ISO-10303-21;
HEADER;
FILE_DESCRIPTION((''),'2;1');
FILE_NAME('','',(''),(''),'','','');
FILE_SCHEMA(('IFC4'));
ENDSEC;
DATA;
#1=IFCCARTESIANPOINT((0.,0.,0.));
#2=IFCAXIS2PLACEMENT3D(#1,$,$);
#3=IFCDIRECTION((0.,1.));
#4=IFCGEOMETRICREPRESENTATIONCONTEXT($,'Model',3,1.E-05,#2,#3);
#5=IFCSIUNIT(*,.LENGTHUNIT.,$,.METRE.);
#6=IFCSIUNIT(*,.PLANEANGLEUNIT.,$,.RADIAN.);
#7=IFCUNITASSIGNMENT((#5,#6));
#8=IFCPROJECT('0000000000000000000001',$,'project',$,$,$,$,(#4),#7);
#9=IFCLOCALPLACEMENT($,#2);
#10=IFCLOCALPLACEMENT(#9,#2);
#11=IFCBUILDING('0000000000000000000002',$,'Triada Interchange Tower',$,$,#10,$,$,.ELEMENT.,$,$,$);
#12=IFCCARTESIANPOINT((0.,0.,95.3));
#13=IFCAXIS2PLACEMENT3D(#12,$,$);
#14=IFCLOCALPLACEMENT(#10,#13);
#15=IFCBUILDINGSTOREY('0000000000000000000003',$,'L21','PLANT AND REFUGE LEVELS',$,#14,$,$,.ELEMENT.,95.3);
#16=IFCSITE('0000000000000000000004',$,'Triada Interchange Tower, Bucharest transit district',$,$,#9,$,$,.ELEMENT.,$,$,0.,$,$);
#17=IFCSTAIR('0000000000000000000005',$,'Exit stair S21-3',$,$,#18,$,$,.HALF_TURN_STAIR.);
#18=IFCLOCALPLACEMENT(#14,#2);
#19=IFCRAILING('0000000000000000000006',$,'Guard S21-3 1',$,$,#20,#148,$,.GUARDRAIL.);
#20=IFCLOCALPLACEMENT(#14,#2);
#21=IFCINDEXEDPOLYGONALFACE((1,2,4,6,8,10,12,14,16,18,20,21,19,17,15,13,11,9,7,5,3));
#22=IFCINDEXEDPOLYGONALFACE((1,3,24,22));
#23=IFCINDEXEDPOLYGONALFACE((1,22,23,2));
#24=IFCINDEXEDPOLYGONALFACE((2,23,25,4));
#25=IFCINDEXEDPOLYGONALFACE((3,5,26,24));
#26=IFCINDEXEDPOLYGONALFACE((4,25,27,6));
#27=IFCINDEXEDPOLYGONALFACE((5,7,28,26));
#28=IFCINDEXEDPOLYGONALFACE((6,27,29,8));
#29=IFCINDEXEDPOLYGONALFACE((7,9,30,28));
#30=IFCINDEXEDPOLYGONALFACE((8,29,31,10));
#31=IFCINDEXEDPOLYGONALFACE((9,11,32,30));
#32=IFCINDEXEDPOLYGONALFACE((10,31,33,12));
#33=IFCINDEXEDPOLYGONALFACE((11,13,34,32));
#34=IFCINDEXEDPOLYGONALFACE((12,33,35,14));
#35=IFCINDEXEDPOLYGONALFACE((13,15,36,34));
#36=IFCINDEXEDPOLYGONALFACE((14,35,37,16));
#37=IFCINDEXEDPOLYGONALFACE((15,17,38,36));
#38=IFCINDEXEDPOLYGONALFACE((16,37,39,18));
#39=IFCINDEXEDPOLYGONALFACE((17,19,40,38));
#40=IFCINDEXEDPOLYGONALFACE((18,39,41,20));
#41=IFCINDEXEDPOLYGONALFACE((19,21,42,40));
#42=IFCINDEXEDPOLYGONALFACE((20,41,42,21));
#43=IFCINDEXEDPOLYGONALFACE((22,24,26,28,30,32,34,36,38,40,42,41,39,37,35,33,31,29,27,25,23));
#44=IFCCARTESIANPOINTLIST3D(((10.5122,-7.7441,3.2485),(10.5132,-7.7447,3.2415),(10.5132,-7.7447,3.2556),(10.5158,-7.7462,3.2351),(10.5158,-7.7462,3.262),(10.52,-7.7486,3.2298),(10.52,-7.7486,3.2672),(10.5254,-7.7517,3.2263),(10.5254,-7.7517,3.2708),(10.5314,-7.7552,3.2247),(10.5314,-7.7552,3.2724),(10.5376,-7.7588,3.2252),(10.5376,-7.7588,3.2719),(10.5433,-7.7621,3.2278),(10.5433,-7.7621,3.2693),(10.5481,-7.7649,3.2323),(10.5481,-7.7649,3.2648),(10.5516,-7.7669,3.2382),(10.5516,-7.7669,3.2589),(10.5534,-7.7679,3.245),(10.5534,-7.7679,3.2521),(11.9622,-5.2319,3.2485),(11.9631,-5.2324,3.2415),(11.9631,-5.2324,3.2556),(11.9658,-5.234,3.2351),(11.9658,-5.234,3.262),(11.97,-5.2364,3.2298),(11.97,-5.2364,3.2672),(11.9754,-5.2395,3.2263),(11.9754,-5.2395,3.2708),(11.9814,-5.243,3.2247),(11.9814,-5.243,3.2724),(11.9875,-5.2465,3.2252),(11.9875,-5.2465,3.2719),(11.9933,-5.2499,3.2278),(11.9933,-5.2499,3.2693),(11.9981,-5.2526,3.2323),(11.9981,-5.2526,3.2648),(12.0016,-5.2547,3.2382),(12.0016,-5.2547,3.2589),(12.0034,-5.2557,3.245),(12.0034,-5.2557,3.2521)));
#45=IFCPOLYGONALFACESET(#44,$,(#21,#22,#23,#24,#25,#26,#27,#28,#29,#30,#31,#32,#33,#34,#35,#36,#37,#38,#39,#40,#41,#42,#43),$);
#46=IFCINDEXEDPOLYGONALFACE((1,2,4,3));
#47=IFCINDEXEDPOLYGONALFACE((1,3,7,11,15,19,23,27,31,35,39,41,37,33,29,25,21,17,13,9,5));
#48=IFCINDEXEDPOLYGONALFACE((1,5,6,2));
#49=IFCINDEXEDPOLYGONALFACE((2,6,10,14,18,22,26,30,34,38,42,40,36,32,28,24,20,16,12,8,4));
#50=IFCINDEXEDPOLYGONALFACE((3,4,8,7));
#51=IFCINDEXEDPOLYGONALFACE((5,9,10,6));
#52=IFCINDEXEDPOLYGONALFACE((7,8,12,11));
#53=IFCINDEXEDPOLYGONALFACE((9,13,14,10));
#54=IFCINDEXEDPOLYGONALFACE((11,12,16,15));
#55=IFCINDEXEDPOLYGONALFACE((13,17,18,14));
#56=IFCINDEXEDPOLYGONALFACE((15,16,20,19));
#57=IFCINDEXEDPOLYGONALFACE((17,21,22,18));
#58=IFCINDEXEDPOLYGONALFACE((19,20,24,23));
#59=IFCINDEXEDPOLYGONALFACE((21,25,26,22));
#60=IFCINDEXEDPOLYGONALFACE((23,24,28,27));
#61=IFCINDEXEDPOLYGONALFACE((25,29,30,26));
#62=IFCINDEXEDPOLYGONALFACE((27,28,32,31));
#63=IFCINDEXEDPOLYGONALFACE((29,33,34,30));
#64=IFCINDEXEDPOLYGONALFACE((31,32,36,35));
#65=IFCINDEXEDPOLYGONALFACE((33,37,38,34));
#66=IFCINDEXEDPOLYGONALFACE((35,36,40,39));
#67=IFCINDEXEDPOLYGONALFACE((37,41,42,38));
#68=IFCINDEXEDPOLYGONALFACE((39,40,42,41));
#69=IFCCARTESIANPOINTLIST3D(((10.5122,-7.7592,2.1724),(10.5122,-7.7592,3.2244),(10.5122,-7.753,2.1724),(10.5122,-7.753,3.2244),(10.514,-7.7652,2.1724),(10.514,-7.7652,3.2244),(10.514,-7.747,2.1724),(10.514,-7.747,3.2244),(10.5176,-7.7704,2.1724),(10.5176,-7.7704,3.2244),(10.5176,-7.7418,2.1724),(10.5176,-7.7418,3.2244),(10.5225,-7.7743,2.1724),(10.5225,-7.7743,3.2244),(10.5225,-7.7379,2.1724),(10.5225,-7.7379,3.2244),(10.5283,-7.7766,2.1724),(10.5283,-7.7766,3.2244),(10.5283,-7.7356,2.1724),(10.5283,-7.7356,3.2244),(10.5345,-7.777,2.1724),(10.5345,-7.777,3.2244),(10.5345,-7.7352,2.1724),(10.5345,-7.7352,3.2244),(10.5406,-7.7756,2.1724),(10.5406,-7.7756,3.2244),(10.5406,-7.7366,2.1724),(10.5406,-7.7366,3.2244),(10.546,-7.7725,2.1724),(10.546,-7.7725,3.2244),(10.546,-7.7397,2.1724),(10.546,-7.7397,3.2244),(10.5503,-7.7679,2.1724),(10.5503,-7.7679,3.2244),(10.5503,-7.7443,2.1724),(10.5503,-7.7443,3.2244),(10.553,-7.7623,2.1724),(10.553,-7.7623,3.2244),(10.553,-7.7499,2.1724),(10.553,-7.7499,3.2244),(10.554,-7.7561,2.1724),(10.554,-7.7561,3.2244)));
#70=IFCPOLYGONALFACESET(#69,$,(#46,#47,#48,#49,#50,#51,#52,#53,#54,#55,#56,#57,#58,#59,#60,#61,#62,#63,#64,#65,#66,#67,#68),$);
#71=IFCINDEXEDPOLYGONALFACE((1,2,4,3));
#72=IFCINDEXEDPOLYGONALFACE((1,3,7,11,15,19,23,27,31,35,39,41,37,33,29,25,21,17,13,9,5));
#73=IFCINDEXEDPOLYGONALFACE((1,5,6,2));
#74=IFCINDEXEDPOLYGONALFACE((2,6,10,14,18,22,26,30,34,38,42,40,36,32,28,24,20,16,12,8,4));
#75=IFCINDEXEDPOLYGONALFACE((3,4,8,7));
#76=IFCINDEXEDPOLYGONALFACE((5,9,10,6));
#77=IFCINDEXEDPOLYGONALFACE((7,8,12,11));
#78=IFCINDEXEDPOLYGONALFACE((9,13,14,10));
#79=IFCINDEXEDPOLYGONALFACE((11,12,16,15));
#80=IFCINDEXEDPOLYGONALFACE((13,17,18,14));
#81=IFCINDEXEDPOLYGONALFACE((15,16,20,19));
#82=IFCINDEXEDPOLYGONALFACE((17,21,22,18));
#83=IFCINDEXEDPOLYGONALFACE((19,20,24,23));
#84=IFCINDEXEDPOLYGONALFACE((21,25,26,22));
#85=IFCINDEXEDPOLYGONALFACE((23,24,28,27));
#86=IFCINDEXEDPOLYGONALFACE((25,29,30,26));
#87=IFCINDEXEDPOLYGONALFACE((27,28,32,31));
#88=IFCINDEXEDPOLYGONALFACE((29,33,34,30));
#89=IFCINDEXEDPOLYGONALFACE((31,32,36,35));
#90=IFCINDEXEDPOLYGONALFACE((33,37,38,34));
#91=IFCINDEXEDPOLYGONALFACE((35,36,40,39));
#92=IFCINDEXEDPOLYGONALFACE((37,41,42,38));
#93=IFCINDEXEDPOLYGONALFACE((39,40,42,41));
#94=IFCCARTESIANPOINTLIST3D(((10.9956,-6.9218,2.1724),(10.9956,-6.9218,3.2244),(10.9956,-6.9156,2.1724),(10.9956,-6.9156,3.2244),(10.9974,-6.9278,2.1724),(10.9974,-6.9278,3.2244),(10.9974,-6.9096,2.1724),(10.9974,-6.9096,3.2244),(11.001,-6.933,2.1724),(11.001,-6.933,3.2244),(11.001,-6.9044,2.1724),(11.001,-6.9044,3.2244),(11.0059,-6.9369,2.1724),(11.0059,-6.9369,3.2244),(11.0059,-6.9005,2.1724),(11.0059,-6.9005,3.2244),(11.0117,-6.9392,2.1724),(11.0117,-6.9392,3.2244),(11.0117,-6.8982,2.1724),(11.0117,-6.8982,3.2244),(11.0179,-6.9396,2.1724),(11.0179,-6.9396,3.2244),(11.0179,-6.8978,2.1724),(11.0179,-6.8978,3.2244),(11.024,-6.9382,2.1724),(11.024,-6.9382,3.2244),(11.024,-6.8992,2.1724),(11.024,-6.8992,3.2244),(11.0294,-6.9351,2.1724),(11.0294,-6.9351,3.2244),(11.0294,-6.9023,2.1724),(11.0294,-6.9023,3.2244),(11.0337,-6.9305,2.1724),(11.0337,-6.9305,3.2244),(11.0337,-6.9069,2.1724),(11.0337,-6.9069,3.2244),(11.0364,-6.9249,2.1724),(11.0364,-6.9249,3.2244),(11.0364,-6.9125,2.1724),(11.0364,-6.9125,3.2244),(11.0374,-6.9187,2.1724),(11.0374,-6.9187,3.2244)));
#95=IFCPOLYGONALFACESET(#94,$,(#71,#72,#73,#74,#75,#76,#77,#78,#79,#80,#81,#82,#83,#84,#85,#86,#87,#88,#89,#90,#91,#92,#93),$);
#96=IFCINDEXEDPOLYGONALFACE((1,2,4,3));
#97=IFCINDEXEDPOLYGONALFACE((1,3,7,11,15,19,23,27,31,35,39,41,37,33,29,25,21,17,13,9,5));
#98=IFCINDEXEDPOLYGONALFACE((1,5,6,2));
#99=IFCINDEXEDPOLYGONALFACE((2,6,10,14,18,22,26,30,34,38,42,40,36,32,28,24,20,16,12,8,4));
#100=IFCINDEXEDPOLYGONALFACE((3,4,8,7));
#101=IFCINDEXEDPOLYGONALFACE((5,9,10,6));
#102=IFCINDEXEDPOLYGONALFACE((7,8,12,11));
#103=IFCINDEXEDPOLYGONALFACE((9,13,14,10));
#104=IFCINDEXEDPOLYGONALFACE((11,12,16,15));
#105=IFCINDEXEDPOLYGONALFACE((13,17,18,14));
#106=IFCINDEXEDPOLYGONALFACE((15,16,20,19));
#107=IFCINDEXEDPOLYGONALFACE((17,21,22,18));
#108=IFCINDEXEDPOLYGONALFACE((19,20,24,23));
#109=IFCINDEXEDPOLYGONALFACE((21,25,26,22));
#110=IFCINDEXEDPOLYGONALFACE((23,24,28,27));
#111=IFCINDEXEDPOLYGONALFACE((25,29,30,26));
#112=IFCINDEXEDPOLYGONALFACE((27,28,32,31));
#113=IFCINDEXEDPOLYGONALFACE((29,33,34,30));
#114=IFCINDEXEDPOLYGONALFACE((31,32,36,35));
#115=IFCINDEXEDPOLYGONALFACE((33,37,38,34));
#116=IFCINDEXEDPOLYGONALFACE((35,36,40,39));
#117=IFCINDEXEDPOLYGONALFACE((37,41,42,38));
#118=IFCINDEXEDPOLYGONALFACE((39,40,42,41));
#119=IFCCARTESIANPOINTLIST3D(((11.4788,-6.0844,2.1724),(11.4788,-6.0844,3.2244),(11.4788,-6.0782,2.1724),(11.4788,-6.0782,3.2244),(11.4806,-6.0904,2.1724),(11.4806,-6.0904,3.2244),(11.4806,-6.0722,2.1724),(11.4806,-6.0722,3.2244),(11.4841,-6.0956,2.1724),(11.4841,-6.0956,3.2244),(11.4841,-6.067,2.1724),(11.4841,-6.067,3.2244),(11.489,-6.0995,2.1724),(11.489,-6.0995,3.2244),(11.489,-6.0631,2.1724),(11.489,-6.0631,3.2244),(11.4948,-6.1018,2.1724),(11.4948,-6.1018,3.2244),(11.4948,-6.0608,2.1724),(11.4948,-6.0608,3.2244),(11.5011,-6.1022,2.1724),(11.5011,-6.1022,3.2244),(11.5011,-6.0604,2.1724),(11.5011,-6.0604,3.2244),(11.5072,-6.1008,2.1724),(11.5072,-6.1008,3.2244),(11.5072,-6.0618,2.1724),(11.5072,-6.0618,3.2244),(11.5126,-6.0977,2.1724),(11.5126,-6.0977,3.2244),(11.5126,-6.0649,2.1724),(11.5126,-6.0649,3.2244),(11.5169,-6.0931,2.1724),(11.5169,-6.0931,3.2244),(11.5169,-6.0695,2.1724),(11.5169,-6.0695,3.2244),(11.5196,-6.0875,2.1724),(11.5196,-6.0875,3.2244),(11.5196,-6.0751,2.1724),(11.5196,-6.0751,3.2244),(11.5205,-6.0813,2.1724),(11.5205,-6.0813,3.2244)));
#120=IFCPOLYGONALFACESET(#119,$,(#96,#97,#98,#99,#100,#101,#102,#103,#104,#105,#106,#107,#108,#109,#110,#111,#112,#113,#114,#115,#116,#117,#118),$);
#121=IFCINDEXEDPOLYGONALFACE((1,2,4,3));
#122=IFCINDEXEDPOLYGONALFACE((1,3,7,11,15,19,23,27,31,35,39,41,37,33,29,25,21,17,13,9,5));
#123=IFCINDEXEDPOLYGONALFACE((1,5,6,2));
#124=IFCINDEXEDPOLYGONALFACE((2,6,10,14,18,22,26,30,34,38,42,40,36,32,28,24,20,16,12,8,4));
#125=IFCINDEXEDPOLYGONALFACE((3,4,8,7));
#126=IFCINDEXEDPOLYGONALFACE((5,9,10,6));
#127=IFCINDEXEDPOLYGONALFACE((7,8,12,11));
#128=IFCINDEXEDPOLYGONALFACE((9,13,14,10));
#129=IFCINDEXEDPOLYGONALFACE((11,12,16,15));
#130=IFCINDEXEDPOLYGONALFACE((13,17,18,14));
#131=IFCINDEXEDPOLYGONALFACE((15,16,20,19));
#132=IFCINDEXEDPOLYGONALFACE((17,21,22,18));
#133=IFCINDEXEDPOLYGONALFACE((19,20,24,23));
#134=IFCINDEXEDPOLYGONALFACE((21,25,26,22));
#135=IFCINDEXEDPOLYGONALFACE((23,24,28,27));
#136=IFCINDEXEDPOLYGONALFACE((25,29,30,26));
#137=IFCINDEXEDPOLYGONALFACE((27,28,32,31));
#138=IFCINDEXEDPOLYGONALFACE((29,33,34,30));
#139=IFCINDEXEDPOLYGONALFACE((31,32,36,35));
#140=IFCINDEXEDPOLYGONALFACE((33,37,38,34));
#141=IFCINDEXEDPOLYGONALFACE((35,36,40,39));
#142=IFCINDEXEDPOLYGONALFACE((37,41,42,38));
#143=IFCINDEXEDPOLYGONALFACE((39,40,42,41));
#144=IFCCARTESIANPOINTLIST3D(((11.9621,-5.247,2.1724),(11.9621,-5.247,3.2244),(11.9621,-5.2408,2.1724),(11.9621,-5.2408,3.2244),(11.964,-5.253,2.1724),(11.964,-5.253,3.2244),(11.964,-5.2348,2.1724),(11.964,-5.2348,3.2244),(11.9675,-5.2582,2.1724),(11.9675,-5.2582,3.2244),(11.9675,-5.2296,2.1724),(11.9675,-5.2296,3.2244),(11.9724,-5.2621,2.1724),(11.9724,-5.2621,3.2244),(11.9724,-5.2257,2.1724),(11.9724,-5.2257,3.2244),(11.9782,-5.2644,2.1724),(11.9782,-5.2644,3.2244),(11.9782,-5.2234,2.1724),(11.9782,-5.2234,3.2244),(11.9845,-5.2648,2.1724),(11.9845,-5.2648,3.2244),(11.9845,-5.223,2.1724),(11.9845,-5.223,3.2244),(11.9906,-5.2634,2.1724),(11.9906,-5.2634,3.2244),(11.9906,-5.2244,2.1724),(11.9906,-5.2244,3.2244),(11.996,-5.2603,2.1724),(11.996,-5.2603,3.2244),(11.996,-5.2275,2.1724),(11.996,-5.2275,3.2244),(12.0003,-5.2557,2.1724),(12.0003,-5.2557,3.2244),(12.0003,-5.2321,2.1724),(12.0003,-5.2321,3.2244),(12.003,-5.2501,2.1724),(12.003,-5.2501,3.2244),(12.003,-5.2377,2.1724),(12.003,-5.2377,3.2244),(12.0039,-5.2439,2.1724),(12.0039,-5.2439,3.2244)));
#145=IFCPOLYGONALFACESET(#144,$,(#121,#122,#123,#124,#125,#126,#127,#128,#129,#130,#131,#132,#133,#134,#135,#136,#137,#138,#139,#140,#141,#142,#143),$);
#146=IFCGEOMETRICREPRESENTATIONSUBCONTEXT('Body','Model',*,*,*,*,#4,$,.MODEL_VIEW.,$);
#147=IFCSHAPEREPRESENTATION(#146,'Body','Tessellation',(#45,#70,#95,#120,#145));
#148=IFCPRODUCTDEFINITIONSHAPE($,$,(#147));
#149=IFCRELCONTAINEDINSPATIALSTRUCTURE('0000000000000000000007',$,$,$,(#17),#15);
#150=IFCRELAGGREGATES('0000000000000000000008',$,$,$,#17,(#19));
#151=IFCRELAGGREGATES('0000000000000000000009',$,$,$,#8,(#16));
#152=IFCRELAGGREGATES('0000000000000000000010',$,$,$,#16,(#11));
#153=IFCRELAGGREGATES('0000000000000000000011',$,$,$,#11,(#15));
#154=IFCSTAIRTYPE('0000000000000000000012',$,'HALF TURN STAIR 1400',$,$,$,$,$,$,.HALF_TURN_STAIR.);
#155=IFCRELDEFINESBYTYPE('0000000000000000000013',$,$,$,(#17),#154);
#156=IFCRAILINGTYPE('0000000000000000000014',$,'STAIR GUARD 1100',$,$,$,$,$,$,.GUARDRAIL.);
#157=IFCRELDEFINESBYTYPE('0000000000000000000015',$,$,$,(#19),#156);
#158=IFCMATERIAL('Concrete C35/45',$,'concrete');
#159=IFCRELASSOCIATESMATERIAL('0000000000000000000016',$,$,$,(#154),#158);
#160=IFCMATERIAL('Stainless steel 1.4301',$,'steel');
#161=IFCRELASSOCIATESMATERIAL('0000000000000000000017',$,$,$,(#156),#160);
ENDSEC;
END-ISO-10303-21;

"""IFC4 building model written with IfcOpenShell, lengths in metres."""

from ifc_helpers import new_model, si_unit, direction, frame, origin, origin_2d, place, context, subcontext, project, spatial, circle, extrude, material, type_object, element, aggregate, save


model = new_model("IFC4")

# Units and contexts
model_context = context("Model", 3, precision=1e-05, world=origin(), true_north=direction((0.0, 1.0)))
body_context = subcontext(model_context, "Body", "Model", "MODEL_VIEW")
ifc_project = project(units=[si_unit("LENGTHUNIT", "METRE"), si_unit("PLANEANGLEUNIT", "RADIAN")], contexts=[model_context])

# Site, building, storey
site_placement = place(None, origin())
site = spatial("IfcSite", under=ifc_project, at=site_placement, Name="Triada Interchange Tower, Bucharest transit district", CompositionType="ELEMENT", RefElevation=0.0)
building_placement = place(site_placement, origin())
building = spatial("IfcBuilding", under=site, at=building_placement, Name="Triada Interchange Tower", CompositionType="ELEMENT")
storey_placement = place(building_placement, frame((0.0, 0.0, 95.3)))
storey = spatial("IfcBuildingStorey", under=building, at=storey_placement, Name="L21", Description="PLANT AND REFUGE LEVELS", CompositionType="ELEMENT", Elevation=95.3)

# Shared definitions
ifc_material_1 = material(Name="Concrete C35/45", Category="concrete")

# Stair, railing
stair_type = type_object("IfcStairType", Name="HALF TURN STAIR 1400", PredefinedType="HALF_TURN_STAIR", material=ifc_material_1)
stair_placement = place(storey_placement, origin())
stair = element("IfcStair", 1, at=stair_placement, inside=storey, type_object=stair_type, Name="Exit stair S21-3", PredefinedType="HALF_TURN_STAIR")
ifc_material_2 = material(Name="Stainless steel 1.4301", Category="steel")
railing_type_1 = type_object("IfcRailingType", Name="STAIR GUARD 1100", PredefinedType="GUARDRAIL", material=ifc_material_2)
railing_1_placement = place(storey_placement, frame((10.533, -7.7561, 2.1724)))
railing_1 = element("IfcRailing", 2, at=railing_1_placement, type_object=railing_type_1, Name="Guard S21-3 1", PredefinedType="GUARDRAIL", context=body_context, shape_type="SweptSolid", body=[
    extrude(circle(Radius=0.0239, at=origin_2d()), frame((0.0, 0.0, 1.0762), z_axis=(0.499878, 0.866096, 0.0), x_axis=(-0.866096, 0.499878, 0.0)), (0.0, 0.0, 1.0), 2.9006),
    extrude(circle(Radius=0.021, at=origin_2d()), origin(), (0.0, 0.0, 1.0), 1.052),
    extrude(circle(Radius=0.021, at=origin_2d()), frame((0.4834, 0.8374, 0.0)), (0.0, 0.0, 1.0), 1.052),
    extrude(circle(Radius=0.021, at=origin_2d()), frame((0.9666, 1.6748, 0.0)), (0.0, 0.0, 1.0), 1.052),
    extrude(circle(Radius=0.021, at=origin_2d()), frame((1.45, 2.5122, 0.0)), (0.0, 0.0, 1.0), 1.052),
])
aggregate(stair, [railing_1])

save(model, "model.ifc")
